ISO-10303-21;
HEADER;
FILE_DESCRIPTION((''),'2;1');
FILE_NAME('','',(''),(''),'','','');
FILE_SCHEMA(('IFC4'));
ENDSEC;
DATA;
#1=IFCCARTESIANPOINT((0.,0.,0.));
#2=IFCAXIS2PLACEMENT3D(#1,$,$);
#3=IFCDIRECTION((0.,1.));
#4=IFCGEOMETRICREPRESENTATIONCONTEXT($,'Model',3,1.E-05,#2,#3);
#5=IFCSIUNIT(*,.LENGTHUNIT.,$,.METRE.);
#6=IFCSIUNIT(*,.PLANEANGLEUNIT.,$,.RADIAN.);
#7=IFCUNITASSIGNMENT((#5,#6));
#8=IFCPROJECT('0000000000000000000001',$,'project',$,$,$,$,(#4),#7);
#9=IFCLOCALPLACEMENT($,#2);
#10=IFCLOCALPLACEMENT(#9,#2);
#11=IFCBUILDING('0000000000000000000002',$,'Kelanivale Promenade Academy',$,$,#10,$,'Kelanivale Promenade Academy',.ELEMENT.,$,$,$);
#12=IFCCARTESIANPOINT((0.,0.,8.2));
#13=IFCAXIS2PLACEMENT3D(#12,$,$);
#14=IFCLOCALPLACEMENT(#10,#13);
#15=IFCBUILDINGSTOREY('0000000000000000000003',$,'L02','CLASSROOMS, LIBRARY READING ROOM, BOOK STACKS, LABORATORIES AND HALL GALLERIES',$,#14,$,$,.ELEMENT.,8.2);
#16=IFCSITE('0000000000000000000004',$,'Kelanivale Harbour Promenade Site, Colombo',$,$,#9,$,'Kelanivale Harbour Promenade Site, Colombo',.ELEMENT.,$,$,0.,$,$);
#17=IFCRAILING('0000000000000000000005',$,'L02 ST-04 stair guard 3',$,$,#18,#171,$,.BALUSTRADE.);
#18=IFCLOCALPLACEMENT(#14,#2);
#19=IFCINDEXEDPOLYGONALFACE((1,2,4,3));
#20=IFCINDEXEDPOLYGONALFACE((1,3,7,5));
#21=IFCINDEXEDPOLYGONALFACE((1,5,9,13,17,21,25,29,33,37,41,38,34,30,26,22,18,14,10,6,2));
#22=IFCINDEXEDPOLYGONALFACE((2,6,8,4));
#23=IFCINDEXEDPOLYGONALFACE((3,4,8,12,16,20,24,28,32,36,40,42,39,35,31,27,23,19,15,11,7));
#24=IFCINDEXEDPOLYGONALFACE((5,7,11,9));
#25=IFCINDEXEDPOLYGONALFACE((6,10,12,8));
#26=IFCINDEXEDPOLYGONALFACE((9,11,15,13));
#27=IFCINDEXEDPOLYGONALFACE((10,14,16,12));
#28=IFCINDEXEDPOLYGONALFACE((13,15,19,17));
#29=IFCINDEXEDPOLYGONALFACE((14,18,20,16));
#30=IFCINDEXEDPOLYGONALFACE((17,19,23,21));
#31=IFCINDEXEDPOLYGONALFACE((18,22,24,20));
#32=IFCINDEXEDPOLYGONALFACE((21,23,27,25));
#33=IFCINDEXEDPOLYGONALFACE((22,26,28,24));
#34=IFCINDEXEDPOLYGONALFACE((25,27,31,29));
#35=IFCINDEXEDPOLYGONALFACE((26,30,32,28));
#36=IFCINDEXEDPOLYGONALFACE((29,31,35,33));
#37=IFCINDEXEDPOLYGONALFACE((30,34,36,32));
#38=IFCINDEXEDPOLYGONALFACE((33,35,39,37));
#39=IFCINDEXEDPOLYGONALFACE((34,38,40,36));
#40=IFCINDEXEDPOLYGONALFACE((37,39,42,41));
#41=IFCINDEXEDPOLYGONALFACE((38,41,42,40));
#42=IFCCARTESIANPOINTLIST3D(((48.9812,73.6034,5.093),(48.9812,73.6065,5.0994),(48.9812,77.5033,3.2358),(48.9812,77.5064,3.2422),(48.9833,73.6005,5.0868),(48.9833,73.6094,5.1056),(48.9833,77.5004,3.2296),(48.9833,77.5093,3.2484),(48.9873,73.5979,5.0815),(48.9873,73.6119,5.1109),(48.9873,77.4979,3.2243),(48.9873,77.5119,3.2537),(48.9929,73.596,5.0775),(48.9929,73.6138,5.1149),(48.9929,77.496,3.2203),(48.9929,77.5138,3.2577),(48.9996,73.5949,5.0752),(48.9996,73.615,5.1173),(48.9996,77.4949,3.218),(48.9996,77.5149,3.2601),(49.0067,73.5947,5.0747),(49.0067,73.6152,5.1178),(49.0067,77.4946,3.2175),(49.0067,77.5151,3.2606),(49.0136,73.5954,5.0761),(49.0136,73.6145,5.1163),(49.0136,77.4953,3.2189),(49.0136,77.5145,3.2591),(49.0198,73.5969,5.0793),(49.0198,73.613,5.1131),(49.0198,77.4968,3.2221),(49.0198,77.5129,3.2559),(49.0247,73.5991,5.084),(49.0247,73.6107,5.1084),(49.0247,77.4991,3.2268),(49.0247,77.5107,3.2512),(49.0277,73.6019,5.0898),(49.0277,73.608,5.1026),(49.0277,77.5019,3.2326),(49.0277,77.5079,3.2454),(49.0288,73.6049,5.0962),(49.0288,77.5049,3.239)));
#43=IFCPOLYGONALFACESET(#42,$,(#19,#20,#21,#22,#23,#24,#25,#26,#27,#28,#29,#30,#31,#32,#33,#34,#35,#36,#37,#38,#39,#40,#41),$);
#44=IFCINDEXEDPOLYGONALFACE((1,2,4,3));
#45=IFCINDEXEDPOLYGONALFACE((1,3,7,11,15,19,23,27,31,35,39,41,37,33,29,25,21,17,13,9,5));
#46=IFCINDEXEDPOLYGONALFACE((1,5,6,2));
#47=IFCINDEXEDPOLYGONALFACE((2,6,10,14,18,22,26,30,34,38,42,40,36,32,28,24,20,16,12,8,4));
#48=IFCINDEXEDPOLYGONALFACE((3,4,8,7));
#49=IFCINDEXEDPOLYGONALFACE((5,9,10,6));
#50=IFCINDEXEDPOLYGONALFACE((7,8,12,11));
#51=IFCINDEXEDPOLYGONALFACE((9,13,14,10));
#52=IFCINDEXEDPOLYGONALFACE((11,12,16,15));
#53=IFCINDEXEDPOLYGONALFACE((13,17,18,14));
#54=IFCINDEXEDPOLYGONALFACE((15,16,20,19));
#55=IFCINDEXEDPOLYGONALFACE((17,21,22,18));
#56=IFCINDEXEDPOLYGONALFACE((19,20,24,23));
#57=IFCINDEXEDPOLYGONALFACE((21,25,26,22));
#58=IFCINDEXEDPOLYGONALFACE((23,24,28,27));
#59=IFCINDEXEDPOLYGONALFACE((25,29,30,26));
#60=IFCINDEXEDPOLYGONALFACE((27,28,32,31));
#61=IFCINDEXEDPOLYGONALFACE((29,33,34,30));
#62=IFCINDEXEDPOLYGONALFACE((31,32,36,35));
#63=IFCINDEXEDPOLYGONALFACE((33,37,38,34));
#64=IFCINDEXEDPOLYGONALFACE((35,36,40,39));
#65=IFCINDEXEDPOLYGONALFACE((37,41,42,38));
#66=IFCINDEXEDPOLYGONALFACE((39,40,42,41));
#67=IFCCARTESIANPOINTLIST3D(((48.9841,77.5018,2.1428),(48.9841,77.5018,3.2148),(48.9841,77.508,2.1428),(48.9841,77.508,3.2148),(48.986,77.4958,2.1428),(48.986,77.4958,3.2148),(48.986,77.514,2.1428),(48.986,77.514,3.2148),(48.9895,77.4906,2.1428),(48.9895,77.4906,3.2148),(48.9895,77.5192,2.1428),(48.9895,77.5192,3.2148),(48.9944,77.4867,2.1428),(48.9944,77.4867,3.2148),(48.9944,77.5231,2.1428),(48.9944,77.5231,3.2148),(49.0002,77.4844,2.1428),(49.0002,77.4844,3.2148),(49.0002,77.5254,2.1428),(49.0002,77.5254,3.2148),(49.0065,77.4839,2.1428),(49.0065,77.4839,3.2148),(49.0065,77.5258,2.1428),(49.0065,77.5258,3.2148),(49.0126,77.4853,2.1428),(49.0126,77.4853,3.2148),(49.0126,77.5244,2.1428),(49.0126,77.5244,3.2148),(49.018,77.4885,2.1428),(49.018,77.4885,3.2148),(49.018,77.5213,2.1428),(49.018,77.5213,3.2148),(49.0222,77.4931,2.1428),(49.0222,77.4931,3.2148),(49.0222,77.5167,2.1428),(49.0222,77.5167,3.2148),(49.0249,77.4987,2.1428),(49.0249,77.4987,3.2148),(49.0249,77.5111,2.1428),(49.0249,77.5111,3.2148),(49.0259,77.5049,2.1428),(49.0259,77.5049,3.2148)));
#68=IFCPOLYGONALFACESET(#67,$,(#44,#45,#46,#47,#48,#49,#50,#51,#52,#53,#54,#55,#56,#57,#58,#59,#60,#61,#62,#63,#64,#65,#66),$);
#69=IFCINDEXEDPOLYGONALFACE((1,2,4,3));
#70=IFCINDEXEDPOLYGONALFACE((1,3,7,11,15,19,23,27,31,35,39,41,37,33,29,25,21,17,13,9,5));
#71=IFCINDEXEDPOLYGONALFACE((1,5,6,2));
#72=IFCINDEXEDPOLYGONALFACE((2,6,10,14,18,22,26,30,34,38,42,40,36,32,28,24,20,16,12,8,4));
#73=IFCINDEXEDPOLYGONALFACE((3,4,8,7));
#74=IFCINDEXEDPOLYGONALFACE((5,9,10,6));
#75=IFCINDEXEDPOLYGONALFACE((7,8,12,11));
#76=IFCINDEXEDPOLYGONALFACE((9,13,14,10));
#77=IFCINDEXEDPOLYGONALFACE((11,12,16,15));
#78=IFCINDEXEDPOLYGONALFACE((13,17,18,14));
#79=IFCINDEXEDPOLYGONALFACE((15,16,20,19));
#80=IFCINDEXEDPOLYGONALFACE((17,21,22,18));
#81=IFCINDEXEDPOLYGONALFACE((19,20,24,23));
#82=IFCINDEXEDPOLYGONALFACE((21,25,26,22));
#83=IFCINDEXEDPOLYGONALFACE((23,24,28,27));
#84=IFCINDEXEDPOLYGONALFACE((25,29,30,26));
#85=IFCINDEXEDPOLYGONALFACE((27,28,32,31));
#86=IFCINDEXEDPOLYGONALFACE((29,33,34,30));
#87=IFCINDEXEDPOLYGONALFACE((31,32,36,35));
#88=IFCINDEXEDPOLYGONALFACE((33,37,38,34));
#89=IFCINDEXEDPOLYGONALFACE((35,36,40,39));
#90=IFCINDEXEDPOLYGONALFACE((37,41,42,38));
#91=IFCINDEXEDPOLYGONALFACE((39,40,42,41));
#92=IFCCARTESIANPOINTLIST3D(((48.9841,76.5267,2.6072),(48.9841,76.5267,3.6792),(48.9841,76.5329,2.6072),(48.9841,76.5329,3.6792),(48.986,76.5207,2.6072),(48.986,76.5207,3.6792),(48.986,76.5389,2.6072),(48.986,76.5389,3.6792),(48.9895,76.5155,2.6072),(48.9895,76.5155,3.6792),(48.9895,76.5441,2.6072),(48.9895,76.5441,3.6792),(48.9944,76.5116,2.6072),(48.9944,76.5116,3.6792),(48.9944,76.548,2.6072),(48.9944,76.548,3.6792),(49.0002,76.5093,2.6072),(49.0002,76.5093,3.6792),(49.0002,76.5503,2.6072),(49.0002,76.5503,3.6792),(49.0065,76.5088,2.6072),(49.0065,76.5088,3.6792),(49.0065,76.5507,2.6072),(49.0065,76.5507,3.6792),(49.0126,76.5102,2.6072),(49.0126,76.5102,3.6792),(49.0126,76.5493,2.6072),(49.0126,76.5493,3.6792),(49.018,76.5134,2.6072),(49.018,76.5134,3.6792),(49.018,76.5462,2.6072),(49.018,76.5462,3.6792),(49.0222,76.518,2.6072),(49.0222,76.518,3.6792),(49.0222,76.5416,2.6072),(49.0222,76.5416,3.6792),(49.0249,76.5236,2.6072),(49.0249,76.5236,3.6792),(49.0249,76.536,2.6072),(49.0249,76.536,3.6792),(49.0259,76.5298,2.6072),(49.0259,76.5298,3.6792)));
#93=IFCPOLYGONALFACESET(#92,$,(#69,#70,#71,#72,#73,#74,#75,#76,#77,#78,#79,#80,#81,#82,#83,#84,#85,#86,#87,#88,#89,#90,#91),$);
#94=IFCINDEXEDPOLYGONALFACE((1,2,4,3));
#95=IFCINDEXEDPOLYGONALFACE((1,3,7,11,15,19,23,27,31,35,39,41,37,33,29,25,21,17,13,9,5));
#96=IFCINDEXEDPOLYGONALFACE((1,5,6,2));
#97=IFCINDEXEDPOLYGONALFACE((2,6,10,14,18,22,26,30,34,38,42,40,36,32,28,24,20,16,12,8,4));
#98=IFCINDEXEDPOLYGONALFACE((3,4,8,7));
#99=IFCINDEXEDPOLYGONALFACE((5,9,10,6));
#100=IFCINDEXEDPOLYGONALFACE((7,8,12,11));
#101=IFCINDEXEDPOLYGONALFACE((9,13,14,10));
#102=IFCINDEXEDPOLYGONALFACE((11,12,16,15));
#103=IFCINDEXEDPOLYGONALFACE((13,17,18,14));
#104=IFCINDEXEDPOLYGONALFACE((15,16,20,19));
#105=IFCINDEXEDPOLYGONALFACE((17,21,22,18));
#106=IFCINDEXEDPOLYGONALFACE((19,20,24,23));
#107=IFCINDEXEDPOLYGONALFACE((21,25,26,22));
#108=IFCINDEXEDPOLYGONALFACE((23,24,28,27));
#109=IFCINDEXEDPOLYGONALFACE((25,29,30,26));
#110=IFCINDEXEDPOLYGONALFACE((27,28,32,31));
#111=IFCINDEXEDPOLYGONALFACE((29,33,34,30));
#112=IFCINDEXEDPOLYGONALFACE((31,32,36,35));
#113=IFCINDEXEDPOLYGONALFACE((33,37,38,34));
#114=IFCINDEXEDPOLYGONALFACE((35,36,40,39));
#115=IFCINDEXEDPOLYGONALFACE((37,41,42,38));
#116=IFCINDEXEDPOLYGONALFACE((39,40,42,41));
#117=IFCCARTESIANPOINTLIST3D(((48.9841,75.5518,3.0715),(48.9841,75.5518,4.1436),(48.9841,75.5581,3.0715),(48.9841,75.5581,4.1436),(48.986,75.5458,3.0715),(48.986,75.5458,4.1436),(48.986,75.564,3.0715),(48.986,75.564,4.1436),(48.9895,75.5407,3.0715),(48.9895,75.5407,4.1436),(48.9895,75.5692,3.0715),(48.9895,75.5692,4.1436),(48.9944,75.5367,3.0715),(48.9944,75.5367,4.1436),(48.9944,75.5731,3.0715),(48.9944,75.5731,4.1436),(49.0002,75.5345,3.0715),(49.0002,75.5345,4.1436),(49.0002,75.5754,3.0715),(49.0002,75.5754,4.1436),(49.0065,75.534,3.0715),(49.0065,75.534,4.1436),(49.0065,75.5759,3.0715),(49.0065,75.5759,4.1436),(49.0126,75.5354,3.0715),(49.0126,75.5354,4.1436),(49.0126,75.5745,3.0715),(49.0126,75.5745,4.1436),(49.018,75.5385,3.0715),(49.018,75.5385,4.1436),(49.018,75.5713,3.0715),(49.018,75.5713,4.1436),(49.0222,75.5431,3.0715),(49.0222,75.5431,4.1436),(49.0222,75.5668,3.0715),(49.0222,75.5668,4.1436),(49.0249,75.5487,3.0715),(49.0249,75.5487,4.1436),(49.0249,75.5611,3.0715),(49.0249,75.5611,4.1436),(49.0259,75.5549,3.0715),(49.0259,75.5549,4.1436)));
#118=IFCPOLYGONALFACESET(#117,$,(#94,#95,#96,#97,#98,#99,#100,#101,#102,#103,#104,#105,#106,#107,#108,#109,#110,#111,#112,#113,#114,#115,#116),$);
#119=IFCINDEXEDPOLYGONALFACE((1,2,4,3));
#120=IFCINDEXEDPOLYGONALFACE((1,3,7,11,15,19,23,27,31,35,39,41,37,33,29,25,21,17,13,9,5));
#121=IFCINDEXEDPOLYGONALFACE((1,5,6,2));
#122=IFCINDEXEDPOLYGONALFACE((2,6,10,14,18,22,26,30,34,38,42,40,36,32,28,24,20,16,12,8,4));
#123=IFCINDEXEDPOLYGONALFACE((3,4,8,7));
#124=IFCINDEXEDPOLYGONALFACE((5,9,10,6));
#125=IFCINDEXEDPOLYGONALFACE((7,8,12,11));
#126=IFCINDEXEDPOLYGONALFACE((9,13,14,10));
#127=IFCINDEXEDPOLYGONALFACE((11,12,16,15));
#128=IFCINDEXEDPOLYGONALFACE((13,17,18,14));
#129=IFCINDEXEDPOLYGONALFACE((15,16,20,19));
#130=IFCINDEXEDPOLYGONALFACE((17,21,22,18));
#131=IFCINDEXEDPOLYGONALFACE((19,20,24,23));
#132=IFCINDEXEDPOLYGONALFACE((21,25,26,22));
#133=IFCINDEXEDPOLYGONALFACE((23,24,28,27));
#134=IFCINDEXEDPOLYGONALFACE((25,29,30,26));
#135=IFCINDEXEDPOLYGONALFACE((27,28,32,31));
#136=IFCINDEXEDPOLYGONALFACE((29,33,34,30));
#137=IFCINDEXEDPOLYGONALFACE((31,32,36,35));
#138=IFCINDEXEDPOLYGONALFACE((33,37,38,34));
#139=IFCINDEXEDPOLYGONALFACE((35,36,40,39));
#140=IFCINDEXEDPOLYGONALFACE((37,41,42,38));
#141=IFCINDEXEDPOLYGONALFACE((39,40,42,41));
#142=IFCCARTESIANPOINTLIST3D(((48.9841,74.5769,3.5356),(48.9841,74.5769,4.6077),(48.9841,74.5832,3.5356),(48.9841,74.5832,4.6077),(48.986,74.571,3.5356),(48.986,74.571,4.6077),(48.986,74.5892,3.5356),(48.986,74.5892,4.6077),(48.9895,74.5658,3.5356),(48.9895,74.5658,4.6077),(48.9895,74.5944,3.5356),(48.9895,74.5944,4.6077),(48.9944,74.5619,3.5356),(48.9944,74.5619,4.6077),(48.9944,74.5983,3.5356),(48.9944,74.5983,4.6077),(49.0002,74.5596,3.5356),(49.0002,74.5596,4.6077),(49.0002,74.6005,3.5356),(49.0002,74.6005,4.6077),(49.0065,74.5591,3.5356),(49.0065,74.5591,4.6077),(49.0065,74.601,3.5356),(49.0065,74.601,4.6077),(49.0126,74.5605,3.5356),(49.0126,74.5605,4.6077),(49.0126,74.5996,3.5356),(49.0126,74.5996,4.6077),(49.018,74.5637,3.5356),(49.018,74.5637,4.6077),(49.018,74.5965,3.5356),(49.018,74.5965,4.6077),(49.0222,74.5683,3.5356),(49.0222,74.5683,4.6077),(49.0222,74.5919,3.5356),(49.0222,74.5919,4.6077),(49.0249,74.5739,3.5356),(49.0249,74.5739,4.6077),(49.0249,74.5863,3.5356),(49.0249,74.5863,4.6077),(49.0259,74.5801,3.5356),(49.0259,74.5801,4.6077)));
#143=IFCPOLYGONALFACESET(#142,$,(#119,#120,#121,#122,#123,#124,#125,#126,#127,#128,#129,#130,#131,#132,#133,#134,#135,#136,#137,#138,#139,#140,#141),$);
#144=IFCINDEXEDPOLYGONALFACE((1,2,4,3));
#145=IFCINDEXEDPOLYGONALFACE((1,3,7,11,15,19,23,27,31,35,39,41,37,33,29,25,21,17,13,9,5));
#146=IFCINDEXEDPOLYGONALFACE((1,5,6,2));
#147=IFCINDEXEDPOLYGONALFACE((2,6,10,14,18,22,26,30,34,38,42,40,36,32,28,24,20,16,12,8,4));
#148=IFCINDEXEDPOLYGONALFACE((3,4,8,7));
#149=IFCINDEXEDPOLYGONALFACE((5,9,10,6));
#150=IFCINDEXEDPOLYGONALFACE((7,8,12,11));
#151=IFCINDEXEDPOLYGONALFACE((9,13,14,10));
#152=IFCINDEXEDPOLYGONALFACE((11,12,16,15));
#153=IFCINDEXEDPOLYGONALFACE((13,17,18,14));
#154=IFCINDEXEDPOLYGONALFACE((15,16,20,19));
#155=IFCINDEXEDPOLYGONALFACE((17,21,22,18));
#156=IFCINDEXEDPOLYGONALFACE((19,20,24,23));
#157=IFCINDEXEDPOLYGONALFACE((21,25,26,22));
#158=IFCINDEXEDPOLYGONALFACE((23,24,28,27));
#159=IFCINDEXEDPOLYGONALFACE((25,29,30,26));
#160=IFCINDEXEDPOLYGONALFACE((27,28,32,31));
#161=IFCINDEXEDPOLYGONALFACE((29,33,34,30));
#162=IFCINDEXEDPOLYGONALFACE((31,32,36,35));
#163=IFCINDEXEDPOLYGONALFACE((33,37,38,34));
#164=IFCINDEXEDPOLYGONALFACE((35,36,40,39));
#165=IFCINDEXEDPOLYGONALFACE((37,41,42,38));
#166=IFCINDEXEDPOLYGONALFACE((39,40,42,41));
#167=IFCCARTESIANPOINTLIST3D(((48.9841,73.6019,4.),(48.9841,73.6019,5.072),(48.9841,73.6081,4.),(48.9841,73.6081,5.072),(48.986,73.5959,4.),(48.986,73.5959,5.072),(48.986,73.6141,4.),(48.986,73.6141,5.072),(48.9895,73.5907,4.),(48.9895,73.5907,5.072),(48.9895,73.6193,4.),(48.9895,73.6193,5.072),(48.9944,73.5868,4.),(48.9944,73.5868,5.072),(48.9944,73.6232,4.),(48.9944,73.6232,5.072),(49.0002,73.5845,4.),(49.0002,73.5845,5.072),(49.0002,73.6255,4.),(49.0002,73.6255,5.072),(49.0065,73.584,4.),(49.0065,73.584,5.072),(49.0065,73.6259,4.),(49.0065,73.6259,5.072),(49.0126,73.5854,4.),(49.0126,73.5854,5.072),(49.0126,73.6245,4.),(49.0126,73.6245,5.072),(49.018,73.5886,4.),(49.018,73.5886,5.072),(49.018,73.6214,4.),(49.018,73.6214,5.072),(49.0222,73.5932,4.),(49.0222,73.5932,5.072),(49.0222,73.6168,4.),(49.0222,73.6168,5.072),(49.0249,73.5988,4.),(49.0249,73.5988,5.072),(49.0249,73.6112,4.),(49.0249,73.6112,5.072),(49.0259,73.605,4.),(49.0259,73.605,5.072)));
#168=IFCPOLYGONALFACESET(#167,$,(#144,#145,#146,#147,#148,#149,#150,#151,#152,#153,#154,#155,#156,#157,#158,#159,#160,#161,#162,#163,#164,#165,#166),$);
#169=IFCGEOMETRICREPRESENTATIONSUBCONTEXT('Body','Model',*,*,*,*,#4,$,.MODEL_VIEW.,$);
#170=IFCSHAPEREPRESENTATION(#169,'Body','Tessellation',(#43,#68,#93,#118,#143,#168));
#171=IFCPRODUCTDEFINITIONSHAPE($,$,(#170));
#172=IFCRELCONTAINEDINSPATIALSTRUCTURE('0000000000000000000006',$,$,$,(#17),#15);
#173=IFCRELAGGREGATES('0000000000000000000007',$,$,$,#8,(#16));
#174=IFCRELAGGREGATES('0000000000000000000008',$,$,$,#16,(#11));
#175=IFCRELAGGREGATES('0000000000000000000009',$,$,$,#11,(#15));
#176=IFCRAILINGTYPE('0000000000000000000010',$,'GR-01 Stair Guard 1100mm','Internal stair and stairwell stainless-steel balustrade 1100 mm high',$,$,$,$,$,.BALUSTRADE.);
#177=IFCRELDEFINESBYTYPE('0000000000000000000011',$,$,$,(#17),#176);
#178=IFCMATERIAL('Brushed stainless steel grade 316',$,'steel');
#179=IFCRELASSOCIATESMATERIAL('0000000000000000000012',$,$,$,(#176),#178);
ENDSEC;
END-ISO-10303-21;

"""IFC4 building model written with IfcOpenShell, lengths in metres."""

from ifc_helpers import new_model, si_unit, direction, frame, origin, origin_2d, place, context, subcontext, project, spatial, circle, extrude, material, type_object, element, save


model = new_model("IFC4")

# Units and contexts
model_context = context("Model", 3, precision=1e-05, world=origin(), true_north=direction((0.0, 1.0)))
body_context = subcontext(model_context, "Body", "Model", "MODEL_VIEW")
ifc_project = project(units=[si_unit("LENGTHUNIT", "METRE"), si_unit("PLANEANGLEUNIT", "RADIAN")], contexts=[model_context])

# Site, building, storey
site_placement = place(None, origin())
site = spatial("IfcSite", under=ifc_project, at=site_placement, Name="Kelanivale Harbour Promenade Site, Colombo", LongName="Kelanivale Harbour Promenade Site, Colombo", CompositionType="ELEMENT", RefElevation=0.0)
building_placement = place(site_placement, origin())
building = spatial("IfcBuilding", under=site, at=building_placement, Name="Kelanivale Promenade Academy", LongName="Kelanivale Promenade Academy", CompositionType="ELEMENT")
storey_placement = place(building_placement, frame((0.0, 0.0, 8.2)))
storey = spatial("IfcBuildingStorey", under=building, at=storey_placement, Name="L02", Description="CLASSROOMS, LIBRARY READING ROOM, BOOK STACKS, LABORATORIES AND HALL GALLERIES", CompositionType="ELEMENT", Elevation=8.2)

# Railing
ifc_material_1 = material(Name="Brushed stainless steel grade 316", Category="steel")
railing_type_1 = type_object("IfcRailingType", Name="GR-01 Stair Guard 1100mm", Description="Internal stair and stairwell stainless-steel balustrade 1100 mm high", PredefinedType="BALUSTRADE", material=ifc_material_1)
railing_1_placement = place(storey_placement, frame((49.0049, 77.5049, 2.1428)))
element("IfcRailing", 1, at=railing_1_placement, inside=storey, type_object=railing_type_1, Name="L02 ST-04 stair guard 3", PredefinedType="BALUSTRADE", context=body_context, shape_type="SweptSolid", body=[
    extrude(circle(Radius=0.0239, at=origin_2d()), frame((0.0, 0.0, 1.0962), z_axis=(0.0, -0.902853, 0.429949), x_axis=(1.0, 0.0, 0.0)), (0.0, 0.0, 1.0), 4.3196),
    extrude(circle(Radius=0.021, at=origin_2d()), origin(), (0.0, 0.0, 1.0), 1.072),
    extrude(circle(Radius=0.021, at=origin_2d()), frame((0.0, -0.9751, 0.4644)), (0.0, 0.0, 1.0), 1.072),
    extrude(circle(Radius=0.021, at=origin_2d()), frame((0.0, -1.95, 0.9287)), (0.0, 0.0, 1.0), 1.072),
    extrude(circle(Radius=0.021, at=origin_2d()), frame((0.0, -2.9248, 1.3928)), (0.0, 0.0, 1.0), 1.072),
    extrude(circle(Radius=0.021, at=origin_2d()), frame((0.0, -3.8999, 1.8572)), (0.0, 0.0, 1.0), 1.072),
])

save(model, "model.ifc")
